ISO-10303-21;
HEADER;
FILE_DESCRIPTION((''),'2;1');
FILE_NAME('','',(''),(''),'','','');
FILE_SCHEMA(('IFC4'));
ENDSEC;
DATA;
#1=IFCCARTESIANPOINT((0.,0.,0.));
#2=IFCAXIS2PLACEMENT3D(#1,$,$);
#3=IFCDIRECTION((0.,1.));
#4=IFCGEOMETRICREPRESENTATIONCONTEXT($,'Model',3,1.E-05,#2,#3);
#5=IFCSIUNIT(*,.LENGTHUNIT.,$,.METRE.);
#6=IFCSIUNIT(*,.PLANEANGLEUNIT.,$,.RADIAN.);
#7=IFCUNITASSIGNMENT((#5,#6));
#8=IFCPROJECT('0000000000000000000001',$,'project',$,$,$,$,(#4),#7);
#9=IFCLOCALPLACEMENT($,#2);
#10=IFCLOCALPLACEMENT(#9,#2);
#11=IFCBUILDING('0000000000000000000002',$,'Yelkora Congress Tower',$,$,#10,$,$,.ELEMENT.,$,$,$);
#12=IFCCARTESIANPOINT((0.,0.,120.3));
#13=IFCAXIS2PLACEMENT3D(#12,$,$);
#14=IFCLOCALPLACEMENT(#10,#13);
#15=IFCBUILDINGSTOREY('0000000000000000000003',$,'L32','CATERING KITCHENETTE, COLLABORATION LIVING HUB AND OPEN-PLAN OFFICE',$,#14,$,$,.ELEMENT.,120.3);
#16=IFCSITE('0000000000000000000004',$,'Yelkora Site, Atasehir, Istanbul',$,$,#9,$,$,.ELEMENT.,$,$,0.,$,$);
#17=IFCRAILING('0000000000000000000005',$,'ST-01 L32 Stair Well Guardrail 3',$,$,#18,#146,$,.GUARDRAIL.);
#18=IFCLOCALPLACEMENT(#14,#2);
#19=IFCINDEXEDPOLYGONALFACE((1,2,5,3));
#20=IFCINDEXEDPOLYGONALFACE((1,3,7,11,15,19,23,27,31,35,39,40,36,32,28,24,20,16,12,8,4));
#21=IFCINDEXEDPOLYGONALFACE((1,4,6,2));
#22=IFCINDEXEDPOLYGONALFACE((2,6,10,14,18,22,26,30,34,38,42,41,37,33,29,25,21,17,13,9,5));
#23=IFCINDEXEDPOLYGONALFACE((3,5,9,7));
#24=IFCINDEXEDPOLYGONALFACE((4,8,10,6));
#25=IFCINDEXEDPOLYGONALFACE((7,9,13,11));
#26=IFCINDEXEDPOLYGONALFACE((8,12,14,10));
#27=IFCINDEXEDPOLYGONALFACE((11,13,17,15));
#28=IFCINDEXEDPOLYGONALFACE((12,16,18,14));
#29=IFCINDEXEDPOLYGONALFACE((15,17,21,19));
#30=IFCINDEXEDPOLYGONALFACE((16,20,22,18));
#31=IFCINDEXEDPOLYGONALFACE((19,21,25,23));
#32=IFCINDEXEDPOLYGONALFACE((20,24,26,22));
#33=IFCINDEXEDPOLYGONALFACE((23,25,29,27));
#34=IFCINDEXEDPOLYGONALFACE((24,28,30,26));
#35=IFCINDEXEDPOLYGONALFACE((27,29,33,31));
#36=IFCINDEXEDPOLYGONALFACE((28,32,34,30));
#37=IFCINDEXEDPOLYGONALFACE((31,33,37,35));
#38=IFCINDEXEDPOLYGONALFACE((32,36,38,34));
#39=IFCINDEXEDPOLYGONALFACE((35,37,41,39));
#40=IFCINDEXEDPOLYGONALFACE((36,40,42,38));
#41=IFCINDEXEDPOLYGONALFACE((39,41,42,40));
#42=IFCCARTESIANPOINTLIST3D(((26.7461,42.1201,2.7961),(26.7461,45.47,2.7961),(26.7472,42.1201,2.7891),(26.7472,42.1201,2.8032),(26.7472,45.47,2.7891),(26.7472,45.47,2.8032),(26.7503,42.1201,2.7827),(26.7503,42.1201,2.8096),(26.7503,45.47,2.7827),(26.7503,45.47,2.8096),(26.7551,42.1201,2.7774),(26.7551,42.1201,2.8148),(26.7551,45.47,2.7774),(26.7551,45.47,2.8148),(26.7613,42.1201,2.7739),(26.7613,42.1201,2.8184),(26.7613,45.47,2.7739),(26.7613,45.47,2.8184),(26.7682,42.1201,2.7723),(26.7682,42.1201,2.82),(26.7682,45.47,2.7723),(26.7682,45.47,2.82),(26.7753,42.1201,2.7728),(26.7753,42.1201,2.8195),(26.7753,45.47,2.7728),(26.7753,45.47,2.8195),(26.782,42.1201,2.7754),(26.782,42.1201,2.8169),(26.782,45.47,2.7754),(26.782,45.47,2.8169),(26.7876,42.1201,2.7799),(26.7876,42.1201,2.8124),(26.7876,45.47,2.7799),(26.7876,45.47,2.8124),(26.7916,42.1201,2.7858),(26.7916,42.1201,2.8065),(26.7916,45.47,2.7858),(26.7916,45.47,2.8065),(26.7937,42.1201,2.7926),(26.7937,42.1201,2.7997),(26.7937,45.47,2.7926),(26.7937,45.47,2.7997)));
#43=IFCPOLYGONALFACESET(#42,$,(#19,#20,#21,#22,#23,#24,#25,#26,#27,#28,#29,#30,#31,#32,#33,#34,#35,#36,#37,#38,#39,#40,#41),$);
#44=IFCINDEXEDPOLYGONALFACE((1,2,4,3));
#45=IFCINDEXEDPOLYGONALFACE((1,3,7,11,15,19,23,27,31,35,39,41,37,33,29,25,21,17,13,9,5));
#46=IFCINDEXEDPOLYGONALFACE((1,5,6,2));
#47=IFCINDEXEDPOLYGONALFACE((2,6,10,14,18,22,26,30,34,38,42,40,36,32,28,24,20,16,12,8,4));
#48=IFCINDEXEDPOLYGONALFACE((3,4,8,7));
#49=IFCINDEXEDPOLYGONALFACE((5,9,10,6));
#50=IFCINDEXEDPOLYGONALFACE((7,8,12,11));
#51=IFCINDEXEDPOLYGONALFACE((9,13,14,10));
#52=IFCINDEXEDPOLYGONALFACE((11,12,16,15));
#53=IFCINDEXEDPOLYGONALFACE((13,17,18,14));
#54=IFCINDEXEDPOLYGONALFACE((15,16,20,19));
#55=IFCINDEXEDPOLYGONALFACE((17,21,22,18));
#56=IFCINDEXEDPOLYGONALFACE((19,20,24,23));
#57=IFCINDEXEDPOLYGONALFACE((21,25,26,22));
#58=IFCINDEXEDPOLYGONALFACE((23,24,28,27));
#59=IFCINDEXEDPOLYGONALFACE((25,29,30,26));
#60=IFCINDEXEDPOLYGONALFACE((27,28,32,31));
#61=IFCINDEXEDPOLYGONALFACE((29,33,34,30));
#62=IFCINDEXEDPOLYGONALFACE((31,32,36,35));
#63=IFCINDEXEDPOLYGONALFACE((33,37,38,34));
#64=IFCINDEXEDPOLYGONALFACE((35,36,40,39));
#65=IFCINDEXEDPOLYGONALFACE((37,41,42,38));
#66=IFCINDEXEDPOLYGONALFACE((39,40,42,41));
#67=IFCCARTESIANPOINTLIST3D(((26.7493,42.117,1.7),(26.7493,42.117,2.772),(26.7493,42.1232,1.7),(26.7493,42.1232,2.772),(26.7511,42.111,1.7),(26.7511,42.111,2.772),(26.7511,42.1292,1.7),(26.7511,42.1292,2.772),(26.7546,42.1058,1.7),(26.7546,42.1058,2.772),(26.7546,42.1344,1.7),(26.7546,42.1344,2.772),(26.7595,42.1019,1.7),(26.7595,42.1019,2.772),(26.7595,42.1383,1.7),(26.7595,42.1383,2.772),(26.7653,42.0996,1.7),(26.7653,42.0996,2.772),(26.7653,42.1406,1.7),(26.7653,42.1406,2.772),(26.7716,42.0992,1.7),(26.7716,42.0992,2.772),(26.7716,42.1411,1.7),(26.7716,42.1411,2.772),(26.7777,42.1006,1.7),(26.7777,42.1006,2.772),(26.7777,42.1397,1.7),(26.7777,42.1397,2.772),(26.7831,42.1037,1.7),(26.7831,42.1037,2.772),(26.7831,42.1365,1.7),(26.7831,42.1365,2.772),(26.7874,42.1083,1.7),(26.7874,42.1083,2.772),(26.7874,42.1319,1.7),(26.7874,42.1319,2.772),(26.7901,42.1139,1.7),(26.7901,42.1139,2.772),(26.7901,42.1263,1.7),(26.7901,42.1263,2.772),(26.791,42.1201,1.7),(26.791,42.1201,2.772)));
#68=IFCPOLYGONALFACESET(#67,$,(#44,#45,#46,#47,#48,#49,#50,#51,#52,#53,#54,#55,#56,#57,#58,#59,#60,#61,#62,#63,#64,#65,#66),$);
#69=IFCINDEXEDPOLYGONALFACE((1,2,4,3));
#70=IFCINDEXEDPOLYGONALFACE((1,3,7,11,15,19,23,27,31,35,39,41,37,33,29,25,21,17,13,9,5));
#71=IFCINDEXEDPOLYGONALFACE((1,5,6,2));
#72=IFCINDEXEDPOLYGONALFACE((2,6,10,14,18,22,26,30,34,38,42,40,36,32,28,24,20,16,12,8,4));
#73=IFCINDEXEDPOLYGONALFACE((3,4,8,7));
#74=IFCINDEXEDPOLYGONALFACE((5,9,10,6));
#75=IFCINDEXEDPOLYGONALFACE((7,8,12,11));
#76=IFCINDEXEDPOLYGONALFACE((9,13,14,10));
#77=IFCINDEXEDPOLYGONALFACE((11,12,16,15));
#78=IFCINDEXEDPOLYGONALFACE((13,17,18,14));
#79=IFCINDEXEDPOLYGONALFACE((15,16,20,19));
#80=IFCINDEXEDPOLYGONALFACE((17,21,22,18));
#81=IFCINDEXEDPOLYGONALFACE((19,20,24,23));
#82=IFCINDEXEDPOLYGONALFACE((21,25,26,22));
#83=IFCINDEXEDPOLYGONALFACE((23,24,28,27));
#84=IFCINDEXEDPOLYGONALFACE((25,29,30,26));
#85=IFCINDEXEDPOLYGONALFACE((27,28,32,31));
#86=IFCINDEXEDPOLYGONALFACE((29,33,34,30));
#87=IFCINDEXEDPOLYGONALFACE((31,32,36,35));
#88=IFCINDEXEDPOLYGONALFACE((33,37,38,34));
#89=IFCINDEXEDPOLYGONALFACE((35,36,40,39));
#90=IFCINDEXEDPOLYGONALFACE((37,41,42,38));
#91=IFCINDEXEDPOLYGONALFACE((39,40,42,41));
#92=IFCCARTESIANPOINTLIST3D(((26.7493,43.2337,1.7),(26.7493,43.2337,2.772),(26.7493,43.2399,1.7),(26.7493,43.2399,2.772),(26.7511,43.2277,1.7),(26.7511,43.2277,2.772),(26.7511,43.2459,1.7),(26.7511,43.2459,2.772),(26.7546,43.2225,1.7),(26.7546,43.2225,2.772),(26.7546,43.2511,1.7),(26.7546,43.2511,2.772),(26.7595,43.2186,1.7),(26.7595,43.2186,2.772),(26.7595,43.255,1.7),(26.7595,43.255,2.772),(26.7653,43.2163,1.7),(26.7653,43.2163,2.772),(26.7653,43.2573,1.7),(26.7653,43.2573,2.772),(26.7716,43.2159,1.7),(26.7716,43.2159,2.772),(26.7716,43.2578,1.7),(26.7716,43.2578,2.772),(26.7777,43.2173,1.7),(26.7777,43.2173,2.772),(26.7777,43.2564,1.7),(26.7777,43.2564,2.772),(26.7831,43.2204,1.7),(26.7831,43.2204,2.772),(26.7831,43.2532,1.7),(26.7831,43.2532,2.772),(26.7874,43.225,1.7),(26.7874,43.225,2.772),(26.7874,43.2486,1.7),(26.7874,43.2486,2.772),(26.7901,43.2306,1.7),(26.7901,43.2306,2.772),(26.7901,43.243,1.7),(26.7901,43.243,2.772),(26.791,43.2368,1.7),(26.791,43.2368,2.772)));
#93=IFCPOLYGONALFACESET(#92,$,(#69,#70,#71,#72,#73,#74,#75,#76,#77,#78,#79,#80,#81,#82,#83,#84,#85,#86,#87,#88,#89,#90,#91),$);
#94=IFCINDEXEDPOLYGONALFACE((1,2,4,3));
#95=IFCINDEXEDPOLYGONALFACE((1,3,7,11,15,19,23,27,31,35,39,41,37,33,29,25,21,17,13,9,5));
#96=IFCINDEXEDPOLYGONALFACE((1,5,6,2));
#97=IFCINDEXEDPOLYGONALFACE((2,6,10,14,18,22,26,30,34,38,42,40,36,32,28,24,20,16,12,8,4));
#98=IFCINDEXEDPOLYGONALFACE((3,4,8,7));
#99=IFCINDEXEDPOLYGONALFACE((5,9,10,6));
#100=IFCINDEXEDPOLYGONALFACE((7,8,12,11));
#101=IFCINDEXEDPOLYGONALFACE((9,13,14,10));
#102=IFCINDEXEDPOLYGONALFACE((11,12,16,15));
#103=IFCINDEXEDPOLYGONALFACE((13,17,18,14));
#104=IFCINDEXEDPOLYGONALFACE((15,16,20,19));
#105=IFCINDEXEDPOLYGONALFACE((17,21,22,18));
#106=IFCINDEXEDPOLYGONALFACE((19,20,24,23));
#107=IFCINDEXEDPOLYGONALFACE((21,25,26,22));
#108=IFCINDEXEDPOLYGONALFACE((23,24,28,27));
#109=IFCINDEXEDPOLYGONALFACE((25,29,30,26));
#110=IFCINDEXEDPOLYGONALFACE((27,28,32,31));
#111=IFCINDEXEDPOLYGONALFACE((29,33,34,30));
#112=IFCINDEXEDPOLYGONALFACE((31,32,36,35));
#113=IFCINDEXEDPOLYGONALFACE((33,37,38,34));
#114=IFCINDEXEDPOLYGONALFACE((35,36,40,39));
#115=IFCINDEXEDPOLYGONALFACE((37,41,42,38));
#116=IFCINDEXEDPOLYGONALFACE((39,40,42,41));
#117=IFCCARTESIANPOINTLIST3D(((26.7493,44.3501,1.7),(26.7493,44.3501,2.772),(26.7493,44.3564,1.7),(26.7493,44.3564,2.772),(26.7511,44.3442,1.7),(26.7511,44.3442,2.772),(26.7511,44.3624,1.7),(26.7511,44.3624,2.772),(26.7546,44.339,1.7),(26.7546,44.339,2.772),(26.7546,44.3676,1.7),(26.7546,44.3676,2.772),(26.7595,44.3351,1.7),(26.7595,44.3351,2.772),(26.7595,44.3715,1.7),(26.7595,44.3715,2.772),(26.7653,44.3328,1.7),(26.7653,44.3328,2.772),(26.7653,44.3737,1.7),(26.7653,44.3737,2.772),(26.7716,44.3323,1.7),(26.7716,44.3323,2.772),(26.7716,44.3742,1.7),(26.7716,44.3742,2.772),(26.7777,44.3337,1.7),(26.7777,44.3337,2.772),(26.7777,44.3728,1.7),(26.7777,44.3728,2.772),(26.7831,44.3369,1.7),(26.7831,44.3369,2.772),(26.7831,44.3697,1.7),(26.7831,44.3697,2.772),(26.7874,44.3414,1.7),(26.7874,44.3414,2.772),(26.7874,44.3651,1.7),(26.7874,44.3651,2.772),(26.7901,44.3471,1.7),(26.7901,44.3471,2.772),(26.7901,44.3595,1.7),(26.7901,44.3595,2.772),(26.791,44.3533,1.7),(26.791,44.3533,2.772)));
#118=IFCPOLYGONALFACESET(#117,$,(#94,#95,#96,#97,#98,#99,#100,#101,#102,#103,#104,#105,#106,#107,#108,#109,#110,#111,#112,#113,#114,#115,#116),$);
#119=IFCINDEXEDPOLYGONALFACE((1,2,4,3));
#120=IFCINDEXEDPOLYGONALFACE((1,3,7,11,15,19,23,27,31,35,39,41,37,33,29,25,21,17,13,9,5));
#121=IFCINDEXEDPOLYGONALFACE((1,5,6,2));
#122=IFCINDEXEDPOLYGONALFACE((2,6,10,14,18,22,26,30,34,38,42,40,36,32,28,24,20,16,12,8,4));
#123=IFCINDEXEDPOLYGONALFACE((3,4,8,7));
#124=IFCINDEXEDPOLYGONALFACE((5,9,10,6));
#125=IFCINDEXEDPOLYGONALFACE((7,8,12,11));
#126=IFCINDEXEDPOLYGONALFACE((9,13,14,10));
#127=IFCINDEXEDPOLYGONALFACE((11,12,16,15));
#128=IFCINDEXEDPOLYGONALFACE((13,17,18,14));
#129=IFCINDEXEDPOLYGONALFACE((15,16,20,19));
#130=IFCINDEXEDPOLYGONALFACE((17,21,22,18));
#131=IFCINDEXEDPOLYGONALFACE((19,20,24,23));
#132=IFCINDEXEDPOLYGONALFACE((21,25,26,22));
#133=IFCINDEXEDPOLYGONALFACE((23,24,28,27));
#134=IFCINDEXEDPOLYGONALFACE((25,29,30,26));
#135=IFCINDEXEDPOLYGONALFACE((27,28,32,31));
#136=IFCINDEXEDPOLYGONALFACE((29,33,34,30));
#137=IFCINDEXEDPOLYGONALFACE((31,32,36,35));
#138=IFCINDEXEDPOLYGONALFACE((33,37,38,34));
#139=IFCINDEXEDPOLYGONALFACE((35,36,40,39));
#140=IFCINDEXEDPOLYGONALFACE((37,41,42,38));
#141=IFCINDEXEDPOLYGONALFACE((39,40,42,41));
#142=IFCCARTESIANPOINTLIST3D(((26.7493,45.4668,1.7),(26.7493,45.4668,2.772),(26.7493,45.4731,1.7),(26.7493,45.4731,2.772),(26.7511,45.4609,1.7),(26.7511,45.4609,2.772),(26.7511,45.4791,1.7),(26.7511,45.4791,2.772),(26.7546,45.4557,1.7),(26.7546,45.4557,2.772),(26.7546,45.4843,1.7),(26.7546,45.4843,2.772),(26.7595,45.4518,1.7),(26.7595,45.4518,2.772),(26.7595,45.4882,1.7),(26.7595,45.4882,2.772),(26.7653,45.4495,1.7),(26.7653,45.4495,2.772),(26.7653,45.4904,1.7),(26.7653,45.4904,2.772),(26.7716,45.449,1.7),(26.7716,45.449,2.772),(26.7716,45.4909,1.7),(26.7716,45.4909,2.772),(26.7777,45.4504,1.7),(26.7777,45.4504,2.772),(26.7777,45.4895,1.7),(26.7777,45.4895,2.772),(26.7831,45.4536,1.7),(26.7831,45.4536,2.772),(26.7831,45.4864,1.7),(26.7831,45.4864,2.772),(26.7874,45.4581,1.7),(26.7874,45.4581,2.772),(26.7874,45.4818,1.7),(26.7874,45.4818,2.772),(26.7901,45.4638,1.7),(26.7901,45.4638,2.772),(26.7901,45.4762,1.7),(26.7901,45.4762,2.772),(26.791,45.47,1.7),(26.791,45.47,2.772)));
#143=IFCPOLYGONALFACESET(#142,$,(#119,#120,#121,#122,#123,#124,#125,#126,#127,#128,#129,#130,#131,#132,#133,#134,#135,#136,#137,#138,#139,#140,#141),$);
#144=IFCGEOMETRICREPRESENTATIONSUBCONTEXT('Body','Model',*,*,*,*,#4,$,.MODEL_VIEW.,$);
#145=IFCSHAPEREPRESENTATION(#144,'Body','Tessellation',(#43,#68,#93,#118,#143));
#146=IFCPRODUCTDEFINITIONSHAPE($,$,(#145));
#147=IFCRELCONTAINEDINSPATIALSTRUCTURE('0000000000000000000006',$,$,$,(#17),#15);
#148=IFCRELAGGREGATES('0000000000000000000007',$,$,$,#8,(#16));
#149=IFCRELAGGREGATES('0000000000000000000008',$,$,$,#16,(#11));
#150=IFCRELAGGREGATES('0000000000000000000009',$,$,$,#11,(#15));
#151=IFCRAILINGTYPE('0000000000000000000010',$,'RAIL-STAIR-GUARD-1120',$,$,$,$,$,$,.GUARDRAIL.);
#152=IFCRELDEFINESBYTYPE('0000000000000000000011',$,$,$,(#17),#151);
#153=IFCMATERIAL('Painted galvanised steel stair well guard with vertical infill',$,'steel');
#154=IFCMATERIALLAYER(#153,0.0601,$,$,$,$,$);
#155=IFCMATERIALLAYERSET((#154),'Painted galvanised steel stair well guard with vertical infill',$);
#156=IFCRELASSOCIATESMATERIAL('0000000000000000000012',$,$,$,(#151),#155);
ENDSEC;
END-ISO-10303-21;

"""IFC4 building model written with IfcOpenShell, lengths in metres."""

from ifc_helpers import new_model, si_unit, direction, frame, origin, origin_2d, place, context, subcontext, project, spatial, circle, extrude, material, layer, layer_set, type_object, element, save


model = new_model("IFC4")

# Units and contexts
model_context = context("Model", 3, precision=1e-05, world=origin(), true_north=direction((0.0, 1.0)))
body_context = subcontext(model_context, "Body", "Model", "MODEL_VIEW")
ifc_project = project(units=[si_unit("LENGTHUNIT", "METRE"), si_unit("PLANEANGLEUNIT", "RADIAN")], contexts=[model_context])

# Site, building, storey
site_placement = place(None, origin())
site = spatial("IfcSite", under=ifc_project, at=site_placement, Name="Yelkora Site, Atasehir, Istanbul", CompositionType="ELEMENT", RefElevation=0.0)
building_placement = place(site_placement, origin())
building = spatial("IfcBuilding", under=site, at=building_placement, Name="Yelkora Congress Tower", CompositionType="ELEMENT")
storey_placement = place(building_placement, frame((0.0, 0.0, 120.3)))
storey = spatial("IfcBuildingStorey", under=building, at=storey_placement, Name="L32", Description="CATERING KITCHENETTE, COLLABORATION LIVING HUB AND OPEN-PLAN OFFICE", CompositionType="ELEMENT", Elevation=120.3)

# Railing
ifc_material_1 = material(Name="Painted galvanised steel stair well guard with vertical infill", Category="steel")
ifc_layer_1 = layer(ifc_material_1, 0.0601)
ifc_layer_set_1 = layer_set([ifc_layer_1], Name="Painted galvanised steel stair well guard with vertical infill")
railing_type_1 = type_object("IfcRailingType", Name="RAIL-STAIR-GUARD-1120", PredefinedType="GUARDRAIL", material=ifc_layer_set_1)
railing_1_placement = place(storey_placement, frame((26.77, 42.1201, 1.7)))
element("IfcRailing", 1, at=railing_1_placement, inside=storey, type_object=railing_type_1, Name="ST-01 L32 Stair Well Guardrail 3", PredefinedType="GUARDRAIL", context=body_context, shape_type="SweptSolid", body=[
    extrude(circle(Radius=0.0239, at=origin_2d()), frame((0.0, 0.0, 1.0962), z_axis=(0.0, 1.0, 0.0), x_axis=(-1.0, 0.0, 0.0)), (0.0, 0.0, 1.0), 3.3499),
    extrude(circle(Radius=0.021, at=origin_2d()), origin(), (0.0, 0.0, 1.0), 1.072),
    extrude(circle(Radius=0.021, at=origin_2d()), frame((0.0, 1.1167, 0.0)), (0.0, 0.0, 1.0), 1.072),
    extrude(circle(Radius=0.021, at=origin_2d()), frame((0.0, 2.2332, 0.0)), (0.0, 0.0, 1.0), 1.072),
    extrude(circle(Radius=0.021, at=origin_2d()), frame((0.0, 3.3499, 0.0)), (0.0, 0.0, 1.0), 1.072),
])

save(model, "model.ifc")
